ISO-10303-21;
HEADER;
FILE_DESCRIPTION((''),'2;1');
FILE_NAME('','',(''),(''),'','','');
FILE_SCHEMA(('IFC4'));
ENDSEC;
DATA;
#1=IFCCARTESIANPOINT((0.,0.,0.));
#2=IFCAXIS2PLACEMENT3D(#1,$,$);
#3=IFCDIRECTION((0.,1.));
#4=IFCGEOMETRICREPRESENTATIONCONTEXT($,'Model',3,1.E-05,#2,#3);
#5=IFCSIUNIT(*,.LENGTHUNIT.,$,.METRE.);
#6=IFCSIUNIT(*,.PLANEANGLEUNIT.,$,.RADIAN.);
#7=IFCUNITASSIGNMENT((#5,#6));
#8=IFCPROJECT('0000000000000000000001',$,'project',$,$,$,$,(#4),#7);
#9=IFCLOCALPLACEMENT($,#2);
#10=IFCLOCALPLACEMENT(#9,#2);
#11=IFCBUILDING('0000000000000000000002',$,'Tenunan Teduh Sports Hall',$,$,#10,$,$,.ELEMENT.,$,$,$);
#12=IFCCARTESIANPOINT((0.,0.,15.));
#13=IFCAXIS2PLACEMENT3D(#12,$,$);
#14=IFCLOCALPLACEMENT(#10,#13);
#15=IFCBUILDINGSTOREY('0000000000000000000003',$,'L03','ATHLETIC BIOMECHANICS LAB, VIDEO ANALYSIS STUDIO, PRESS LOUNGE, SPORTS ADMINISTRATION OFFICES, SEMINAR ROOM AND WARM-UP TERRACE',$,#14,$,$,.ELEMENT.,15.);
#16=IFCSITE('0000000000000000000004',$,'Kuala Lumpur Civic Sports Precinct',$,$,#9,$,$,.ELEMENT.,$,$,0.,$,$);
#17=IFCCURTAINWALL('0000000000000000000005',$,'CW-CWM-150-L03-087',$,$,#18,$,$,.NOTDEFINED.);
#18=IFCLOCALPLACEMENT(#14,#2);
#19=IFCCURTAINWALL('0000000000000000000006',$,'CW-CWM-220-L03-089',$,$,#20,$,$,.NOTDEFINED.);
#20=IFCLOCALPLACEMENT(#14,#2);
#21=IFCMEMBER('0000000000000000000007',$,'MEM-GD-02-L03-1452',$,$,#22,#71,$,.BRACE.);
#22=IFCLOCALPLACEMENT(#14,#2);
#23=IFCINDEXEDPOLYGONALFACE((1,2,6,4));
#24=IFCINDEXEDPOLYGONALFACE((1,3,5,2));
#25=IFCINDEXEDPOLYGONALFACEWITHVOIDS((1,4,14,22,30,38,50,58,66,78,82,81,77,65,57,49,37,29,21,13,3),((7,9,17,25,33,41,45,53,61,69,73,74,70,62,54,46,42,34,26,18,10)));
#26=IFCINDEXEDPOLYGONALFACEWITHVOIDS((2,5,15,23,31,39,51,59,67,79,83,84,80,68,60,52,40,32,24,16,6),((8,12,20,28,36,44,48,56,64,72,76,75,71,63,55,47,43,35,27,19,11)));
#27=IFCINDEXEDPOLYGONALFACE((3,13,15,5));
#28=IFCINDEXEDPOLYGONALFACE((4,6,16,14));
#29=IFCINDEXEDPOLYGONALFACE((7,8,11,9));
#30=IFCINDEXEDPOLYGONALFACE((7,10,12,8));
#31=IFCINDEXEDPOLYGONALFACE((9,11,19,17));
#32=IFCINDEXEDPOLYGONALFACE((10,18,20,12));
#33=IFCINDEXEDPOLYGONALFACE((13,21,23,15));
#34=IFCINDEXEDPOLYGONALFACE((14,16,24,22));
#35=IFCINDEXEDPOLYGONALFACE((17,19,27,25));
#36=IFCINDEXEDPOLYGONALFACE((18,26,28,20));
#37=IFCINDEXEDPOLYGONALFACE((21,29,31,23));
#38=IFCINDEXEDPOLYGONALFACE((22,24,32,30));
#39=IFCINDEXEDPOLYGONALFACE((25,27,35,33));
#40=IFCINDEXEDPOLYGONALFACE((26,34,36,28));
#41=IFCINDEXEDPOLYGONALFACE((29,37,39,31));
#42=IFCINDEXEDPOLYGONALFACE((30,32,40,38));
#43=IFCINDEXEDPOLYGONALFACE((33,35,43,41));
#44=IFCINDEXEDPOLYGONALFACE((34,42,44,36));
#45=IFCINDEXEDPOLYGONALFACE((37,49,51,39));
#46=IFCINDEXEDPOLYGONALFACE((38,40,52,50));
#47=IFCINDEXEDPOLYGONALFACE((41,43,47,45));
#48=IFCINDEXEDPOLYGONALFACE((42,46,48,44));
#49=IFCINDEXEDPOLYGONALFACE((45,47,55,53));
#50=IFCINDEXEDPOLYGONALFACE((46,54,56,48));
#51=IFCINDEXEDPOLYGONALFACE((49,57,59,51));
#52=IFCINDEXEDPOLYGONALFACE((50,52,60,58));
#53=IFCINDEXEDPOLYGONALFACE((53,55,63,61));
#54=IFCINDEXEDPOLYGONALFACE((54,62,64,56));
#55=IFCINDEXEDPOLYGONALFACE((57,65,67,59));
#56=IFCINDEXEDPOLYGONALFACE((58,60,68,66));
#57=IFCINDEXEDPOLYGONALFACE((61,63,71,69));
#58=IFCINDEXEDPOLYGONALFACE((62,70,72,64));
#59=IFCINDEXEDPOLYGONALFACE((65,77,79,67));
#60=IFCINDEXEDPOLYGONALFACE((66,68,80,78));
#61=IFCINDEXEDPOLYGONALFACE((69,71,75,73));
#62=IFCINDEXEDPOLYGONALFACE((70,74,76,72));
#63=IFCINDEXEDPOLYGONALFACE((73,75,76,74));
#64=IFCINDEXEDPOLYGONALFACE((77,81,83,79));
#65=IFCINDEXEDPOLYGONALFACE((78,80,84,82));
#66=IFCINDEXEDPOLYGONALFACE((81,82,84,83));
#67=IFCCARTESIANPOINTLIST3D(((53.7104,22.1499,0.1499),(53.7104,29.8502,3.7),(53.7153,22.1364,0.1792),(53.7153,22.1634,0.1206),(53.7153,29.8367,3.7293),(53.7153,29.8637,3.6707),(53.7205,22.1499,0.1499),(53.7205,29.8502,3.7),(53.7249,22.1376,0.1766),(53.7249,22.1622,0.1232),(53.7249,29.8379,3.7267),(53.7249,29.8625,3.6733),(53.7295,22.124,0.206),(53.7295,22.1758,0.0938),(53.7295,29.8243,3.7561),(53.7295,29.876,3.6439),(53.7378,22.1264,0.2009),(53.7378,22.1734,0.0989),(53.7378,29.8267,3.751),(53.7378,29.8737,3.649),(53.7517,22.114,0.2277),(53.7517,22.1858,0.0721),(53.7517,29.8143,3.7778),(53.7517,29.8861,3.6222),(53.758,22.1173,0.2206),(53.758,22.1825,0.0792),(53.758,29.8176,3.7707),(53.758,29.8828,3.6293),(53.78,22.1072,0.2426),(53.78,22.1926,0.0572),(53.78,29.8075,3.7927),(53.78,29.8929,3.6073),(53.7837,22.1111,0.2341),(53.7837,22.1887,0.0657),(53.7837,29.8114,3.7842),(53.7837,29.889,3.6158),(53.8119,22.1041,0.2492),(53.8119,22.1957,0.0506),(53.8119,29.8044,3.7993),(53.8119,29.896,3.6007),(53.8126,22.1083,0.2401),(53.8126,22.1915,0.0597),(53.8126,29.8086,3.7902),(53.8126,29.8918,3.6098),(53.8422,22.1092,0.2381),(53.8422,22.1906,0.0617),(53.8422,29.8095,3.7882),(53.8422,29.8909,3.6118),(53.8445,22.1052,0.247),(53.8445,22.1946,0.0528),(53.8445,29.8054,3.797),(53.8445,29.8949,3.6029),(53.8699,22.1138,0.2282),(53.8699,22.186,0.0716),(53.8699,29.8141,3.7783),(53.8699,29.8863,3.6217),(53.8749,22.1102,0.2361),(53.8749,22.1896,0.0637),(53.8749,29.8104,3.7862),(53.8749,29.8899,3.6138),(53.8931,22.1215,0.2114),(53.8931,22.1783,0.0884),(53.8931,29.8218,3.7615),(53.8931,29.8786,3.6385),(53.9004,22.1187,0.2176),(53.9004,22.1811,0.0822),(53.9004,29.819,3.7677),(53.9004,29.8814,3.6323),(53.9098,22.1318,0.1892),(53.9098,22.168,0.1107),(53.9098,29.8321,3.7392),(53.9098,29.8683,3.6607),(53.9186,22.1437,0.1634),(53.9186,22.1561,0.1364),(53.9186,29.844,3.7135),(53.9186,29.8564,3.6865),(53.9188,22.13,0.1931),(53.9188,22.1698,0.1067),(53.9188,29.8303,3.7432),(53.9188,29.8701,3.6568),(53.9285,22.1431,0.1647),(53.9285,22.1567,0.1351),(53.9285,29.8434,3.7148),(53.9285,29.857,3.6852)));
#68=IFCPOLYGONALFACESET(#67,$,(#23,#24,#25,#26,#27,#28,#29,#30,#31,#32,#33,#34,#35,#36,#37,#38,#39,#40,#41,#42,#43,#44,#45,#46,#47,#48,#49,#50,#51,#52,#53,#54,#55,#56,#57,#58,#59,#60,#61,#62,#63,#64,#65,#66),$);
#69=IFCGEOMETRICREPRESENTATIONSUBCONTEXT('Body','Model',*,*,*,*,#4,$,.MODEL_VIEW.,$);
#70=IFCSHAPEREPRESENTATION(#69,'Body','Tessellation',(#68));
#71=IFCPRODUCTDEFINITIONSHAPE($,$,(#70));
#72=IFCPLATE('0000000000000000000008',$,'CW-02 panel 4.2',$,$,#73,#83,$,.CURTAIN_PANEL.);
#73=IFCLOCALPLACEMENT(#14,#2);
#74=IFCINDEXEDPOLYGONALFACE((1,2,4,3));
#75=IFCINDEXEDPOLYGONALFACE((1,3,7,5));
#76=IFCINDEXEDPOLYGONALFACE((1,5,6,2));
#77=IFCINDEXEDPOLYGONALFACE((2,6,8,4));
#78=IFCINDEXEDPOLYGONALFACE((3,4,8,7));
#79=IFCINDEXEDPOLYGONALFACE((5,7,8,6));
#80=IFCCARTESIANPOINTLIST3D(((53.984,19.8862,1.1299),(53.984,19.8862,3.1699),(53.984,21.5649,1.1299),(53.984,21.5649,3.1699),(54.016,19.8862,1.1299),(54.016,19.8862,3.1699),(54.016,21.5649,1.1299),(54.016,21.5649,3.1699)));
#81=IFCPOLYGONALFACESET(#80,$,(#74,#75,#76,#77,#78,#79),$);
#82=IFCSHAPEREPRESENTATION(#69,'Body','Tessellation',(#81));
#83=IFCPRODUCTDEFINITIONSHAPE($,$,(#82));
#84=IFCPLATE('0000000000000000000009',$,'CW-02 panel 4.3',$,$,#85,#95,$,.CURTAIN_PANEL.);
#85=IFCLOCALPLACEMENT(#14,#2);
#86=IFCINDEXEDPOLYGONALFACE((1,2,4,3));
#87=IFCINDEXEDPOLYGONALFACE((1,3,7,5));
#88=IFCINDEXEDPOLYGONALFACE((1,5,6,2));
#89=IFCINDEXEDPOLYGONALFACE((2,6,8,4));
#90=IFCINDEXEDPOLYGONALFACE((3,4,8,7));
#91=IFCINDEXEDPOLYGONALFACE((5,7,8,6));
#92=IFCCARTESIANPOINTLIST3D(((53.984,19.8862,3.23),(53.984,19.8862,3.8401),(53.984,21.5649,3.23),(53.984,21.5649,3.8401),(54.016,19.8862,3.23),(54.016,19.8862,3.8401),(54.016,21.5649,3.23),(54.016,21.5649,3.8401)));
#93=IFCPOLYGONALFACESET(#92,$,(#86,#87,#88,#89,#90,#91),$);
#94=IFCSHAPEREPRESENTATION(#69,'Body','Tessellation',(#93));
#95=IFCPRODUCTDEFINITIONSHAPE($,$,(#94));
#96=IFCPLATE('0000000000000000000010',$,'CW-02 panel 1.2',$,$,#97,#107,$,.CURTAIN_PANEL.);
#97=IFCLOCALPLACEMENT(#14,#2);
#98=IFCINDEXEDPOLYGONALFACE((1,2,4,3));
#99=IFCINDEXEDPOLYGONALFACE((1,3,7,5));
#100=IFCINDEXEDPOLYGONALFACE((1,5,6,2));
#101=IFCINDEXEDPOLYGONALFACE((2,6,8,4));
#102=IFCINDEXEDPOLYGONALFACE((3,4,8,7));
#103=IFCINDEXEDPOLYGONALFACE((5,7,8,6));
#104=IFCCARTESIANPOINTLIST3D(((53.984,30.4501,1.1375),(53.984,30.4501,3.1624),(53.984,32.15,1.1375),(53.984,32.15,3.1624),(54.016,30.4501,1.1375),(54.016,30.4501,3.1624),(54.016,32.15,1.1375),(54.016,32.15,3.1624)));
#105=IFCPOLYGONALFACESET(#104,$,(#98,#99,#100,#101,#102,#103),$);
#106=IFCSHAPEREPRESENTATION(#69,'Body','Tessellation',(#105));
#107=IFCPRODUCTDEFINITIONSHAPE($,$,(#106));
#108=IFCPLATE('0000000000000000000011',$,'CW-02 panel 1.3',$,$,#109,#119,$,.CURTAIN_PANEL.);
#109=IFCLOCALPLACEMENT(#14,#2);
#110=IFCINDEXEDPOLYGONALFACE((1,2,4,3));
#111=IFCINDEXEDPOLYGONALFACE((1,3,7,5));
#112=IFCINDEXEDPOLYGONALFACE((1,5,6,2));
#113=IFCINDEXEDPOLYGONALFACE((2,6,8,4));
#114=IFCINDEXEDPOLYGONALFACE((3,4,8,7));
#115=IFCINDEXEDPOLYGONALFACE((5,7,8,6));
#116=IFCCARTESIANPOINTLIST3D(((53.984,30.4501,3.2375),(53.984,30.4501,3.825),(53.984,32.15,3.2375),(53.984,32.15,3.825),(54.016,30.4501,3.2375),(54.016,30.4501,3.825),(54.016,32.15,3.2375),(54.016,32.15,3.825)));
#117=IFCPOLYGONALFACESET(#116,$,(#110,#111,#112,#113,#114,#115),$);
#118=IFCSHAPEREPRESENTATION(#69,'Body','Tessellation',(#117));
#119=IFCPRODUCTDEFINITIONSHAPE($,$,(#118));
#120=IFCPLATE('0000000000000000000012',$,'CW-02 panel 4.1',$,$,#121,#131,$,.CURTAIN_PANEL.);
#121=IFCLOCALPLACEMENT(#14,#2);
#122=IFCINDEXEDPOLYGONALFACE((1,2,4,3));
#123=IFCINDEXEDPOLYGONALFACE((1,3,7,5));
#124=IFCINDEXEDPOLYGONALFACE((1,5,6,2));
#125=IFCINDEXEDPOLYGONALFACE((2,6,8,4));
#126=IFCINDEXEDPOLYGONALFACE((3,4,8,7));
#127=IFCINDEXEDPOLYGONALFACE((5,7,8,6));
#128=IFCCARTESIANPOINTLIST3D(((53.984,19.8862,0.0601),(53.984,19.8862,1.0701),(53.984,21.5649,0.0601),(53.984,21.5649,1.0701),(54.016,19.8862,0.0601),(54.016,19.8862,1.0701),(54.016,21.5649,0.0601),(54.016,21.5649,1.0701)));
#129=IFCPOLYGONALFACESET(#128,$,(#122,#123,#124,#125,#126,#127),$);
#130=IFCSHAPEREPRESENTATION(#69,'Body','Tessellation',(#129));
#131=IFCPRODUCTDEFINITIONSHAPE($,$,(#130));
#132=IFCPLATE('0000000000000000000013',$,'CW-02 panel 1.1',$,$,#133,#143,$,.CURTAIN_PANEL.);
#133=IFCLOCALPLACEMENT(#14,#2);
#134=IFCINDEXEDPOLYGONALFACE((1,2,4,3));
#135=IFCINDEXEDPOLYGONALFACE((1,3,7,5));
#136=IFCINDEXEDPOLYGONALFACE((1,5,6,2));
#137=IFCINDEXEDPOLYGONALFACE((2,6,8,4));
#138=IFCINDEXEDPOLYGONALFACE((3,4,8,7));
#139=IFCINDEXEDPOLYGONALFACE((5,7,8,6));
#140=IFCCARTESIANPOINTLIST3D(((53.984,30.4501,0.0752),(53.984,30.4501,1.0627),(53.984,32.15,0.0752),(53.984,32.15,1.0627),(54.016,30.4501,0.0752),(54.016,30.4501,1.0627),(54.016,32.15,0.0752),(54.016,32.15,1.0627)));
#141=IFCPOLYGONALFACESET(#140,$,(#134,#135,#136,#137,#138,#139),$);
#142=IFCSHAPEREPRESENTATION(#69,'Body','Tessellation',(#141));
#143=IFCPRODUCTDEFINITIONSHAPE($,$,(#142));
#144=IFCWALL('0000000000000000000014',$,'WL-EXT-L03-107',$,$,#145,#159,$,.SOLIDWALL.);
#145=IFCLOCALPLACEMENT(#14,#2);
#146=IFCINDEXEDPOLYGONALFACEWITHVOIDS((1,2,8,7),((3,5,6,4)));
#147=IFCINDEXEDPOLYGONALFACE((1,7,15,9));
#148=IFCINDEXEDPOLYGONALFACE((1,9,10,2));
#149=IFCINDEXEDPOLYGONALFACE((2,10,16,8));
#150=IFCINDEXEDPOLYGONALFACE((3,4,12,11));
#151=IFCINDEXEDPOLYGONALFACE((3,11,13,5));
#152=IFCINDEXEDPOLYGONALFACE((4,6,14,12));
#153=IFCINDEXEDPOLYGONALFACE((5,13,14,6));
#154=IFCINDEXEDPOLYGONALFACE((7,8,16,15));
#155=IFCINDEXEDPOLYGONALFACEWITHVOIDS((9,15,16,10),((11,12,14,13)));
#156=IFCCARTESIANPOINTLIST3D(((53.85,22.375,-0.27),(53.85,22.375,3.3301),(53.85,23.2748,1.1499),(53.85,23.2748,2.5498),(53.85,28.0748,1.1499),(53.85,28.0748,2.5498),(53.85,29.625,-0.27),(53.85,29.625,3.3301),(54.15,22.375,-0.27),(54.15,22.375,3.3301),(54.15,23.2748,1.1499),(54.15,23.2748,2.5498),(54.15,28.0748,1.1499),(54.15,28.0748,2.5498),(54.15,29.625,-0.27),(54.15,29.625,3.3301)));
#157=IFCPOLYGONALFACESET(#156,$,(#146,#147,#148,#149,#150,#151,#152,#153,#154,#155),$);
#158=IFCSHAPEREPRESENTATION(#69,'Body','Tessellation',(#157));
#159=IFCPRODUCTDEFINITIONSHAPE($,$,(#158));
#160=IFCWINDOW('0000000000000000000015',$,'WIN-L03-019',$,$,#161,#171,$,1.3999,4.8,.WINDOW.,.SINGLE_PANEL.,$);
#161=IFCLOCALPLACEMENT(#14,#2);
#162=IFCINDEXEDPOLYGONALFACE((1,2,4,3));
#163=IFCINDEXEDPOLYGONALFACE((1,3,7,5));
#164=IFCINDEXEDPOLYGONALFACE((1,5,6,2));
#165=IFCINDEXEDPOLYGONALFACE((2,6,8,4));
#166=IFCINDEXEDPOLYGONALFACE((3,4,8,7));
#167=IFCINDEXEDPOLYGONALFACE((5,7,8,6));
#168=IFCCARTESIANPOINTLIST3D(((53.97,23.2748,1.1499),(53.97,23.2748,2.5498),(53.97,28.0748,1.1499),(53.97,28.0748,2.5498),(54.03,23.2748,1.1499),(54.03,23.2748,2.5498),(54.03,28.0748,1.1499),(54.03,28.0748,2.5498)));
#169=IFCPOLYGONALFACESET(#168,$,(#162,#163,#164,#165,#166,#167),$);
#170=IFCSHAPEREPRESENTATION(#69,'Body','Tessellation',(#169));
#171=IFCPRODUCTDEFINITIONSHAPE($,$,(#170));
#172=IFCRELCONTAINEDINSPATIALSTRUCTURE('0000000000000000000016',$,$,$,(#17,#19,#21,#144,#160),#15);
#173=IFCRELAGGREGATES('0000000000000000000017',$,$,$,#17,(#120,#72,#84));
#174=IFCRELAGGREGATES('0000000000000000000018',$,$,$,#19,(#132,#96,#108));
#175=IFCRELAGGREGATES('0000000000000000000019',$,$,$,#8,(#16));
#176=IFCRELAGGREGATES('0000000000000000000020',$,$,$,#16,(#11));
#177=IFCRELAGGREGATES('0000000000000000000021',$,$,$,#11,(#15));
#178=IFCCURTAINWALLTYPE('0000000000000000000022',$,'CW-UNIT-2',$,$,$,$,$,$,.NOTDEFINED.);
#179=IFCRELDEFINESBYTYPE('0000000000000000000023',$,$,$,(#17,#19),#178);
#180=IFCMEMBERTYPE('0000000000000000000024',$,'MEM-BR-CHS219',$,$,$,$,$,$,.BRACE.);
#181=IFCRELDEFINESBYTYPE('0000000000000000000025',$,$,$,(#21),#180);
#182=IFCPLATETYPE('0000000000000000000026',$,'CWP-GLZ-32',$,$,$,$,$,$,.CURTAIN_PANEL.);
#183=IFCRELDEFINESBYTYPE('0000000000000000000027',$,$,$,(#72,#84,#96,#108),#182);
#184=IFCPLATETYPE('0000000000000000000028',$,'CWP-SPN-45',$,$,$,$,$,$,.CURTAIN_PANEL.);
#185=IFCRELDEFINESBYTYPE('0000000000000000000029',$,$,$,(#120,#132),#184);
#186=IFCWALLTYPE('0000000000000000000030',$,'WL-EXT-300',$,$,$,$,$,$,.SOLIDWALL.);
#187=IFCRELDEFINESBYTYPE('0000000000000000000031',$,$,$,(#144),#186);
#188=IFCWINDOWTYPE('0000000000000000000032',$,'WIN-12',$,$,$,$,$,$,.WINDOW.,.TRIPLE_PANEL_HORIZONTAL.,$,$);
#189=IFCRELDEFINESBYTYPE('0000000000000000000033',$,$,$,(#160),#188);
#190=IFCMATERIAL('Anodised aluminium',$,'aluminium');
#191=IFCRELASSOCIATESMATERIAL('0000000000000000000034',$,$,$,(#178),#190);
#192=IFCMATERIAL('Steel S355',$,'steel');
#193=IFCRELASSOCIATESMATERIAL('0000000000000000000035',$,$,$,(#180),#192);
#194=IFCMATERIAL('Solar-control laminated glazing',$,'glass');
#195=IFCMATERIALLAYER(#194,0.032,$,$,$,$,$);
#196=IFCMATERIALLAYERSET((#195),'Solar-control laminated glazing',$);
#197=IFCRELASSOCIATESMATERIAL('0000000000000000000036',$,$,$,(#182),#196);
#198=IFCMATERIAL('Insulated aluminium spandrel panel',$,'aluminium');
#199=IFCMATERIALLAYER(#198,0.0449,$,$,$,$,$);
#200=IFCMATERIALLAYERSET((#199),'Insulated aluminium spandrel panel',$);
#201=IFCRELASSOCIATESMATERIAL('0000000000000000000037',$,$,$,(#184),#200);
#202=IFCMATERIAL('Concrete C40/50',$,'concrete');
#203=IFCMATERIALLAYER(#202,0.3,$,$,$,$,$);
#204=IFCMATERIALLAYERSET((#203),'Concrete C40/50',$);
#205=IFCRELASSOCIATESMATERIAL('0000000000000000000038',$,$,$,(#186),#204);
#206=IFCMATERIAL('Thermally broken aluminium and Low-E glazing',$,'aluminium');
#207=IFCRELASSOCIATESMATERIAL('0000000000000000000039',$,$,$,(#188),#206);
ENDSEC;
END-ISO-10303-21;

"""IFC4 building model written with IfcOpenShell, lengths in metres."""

from ifc_helpers import new_model, si_unit, direction, frame, frame_2d, origin, origin_2d, place, context, subcontext, project, spatial, rectangle, hollow_circle, extrude, material, layer, layer_set, material_profile, profile_set, type_object, element, fill, aggregate, save


model = new_model("IFC4")

# Units and contexts
model_context = context("Model", 3, precision=1e-05, world=origin(), true_north=direction((0.0, 1.0)))
body_context = subcontext(model_context, "Body", "Model", "MODEL_VIEW")
ifc_project = project(units=[si_unit("LENGTHUNIT", "METRE"), si_unit("PLANEANGLEUNIT", "RADIAN")], contexts=[model_context])

# Site, building, storey
site_placement = place(None, origin())
site = spatial("IfcSite", under=ifc_project, at=site_placement, Name="Kuala Lumpur Civic Sports Precinct", CompositionType="ELEMENT", RefElevation=0.0)
building_placement = place(site_placement, origin())
building = spatial("IfcBuilding", under=site, at=building_placement, Name="Tenunan Teduh Sports Hall", CompositionType="ELEMENT")
storey_placement = place(building_placement, frame((0.0, 0.0, 15.0)))
storey = spatial("IfcBuildingStorey", under=building, at=storey_placement, Name="L03", Description="ATHLETIC BIOMECHANICS LAB, VIDEO ANALYSIS STUDIO, PRESS LOUNGE, SPORTS ADMINISTRATION OFFICES, SEMINAR ROOM AND WARM-UP TERRACE", CompositionType="ELEMENT", Elevation=15.0)

# Curtain wall
ifc_material_1 = material(Name="Anodised aluminium", Category="aluminium")
curtain_wall_type = type_object("IfcCurtainWallType", Name="CW-UNIT-2", PredefinedType="NOTDEFINED", material=ifc_material_1)
curtain_wall_1_placement = place(storey_placement, origin())
curtain_wall_1 = element("IfcCurtainWall", 1, at=curtain_wall_1_placement, inside=storey, type_object=curtain_wall_type, Name="CW-CWM-150-L03-087", PredefinedType="NOTDEFINED")

# Curtain wall
curtain_wall_2_placement = place(storey_placement, origin())
curtain_wall_2 = element("IfcCurtainWall", 2, at=curtain_wall_2_placement, inside=storey, type_object=curtain_wall_type, Name="CW-CWM-220-L03-089", PredefinedType="NOTDEFINED")

# Member
ifc_material_2 = material(Name="Steel S355", Category="steel")
ifc_material_profile_1 = material_profile(ifc_material_2, hollow_circle(Radius=0.1096, WallThickness=0.01, at=origin_2d()), Name="CHS 219.1x10.0")
ifc_profile_set_1 = profile_set([ifc_material_profile_1], Name="Steel S355")
member_type_1 = type_object("IfcMemberType", Name="MEM-BR-CHS219", PredefinedType="BRACE", material=ifc_profile_set_1)
member_1_placement = place(storey_placement, frame((53.8201, 22.1499, 0.1499), z_axis=(0.0, 0.908134, 0.41868), x_axis=(-1.0, 0.0, 0.0)))
element("IfcMember", 3, at=member_1_placement, inside=storey, type_object=member_type_1, Name="MEM-GD-02-L03-1452", PredefinedType="BRACE", context=body_context, shape_type="SweptSolid", body=[
    extrude(hollow_circle(Radius=0.1096, WallThickness=0.01, at=origin_2d()), origin(), (0.0, 0.0, 1.0), 8.4792),
])

# Plates
ifc_material_3 = material(Name="Solar-control laminated glazing", Category="glass")
ifc_layer_1 = layer(ifc_material_3, 0.032)
ifc_layer_set_1 = layer_set([ifc_layer_1], Name="Solar-control laminated glazing")
plate_type_1 = type_object("IfcPlateType", Name="CWP-GLZ-32", PredefinedType="CURTAIN_PANEL", material=ifc_layer_set_1)
plate_1_placement = place(storey_placement, frame((54.0, 20.7256, 1.1299), z_axis=(0.0, 0.0, 1.0), x_axis=(0.0, 1.0, 0.0)))
plate_1 = element("IfcPlate", 4, at=plate_1_placement, type_object=plate_type_1, Name="CW-02 panel 4.2", PredefinedType="CURTAIN_PANEL", context=body_context, shape_type="SweptSolid", body=[
    extrude(rectangle(XDim=1.6787, YDim=0.032, at=origin_2d()), origin(), (0.0, 0.0, 1.0), 2.04),
])
plate_2_placement = place(storey_placement, frame((54.0, 20.7256, 3.23), z_axis=(0.0, 0.0, 1.0), x_axis=(0.0, 1.0, 0.0)))
plate_2 = element("IfcPlate", 5, at=plate_2_placement, type_object=plate_type_1, Name="CW-02 panel 4.3", PredefinedType="CURTAIN_PANEL", context=body_context, shape_type="SweptSolid", body=[
    extrude(rectangle(XDim=1.6787, YDim=0.032, at=origin_2d()), origin(), (0.0, 0.0, 1.0), 0.6101),
])
plate_3_placement = place(storey_placement, frame((54.0, 31.3, 1.1375), z_axis=(0.0, 0.0, 1.0), x_axis=(0.0, 1.0, 0.0)))
plate_3 = element("IfcPlate", 6, at=plate_3_placement, type_object=plate_type_1, Name="CW-02 panel 1.2", PredefinedType="CURTAIN_PANEL", context=body_context, shape_type="SweptSolid", body=[
    extrude(rectangle(XDim=1.7, YDim=0.032, at=origin_2d()), origin(), (0.0, 0.0, 1.0), 2.0249),
])
plate_4_placement = place(storey_placement, frame((54.0, 31.3, 3.2375), z_axis=(0.0, 0.0, 1.0), x_axis=(0.0, 1.0, 0.0)))
plate_4 = element("IfcPlate", 7, at=plate_4_placement, type_object=plate_type_1, Name="CW-02 panel 1.3", PredefinedType="CURTAIN_PANEL", context=body_context, shape_type="SweptSolid", body=[
    extrude(rectangle(XDim=1.7, YDim=0.032, at=origin_2d()), origin(), (0.0, 0.0, 1.0), 0.5874),
])
ifc_material_4 = material(Name="Insulated aluminium spandrel panel", Category="aluminium")
ifc_layer_2 = layer(ifc_material_4, 0.0449)
ifc_layer_set_2 = layer_set([ifc_layer_2], Name="Insulated aluminium spandrel panel")
plate_type_2 = type_object("IfcPlateType", Name="CWP-SPN-45", PredefinedType="CURTAIN_PANEL", material=ifc_layer_set_2)
plate_5_placement = place(storey_placement, frame((54.0, 20.7256, 0.0601), z_axis=(0.0, 0.0, 1.0), x_axis=(0.0, 1.0, 0.0)))
plate_5 = element("IfcPlate", 8, at=plate_5_placement, type_object=plate_type_2, Name="CW-02 panel 4.1", PredefinedType="CURTAIN_PANEL", context=body_context, shape_type="SweptSolid", body=[
    extrude(rectangle(XDim=1.6787, YDim=0.032, at=origin_2d()), origin(), (0.0, 0.0, 1.0), 1.01),
])
aggregate(curtain_wall_1, [plate_5, plate_1, plate_2])
plate_6_placement = place(storey_placement, frame((54.0, 31.3, 0.0752), z_axis=(0.0, 0.0, 1.0), x_axis=(0.0, 1.0, 0.0)))
plate_6 = element("IfcPlate", 9, at=plate_6_placement, type_object=plate_type_2, Name="CW-02 panel 1.1", PredefinedType="CURTAIN_PANEL", context=body_context, shape_type="SweptSolid", body=[
    extrude(rectangle(XDim=1.7, YDim=0.032, at=origin_2d()), origin(), (0.0, 0.0, 1.0), 0.9875),
])
aggregate(curtain_wall_2, [plate_6, plate_3, plate_4])

# Wall, opening, window
ifc_material_5 = material(Name="Concrete C40/50", Category="concrete")
ifc_layer_3 = layer(ifc_material_5, 0.3)
ifc_layer_set_3 = layer_set([ifc_layer_3], Name="Concrete C40/50")
wall_type = type_object("IfcWallType", Name="WL-EXT-300", PredefinedType="SOLIDWALL", material=ifc_layer_set_3)
wall_placement = place(storey_placement, frame((54.0, 22.375, -0.27), z_axis=(0.0, 0.0, 1.0), x_axis=(0.0, 1.0, 0.0)))
wall = element("IfcWall", 10, at=wall_placement, inside=storey, type_object=wall_type, Name="WL-EXT-L03-107", PredefinedType="SOLIDWALL", context=body_context, shape_type="SweptSolid", body=[
    extrude(rectangle(XDim=7.25, YDim=0.3, at=frame_2d((3.625, 0.0))), origin(), (0.0, 0.0, 1.0), 3.6001),
])
opening_placement = place(wall_placement, frame((0.8999, 0.0, 1.4199)))
opening = element("IfcOpeningElement", 11, at=opening_placement, cuts=wall, PredefinedType="OPENING", context=body_context, shape_type="SweptSolid", body=[
    extrude(rectangle(XDim=4.8, YDim=1.3999, at=frame_2d((2.3999, 0.7))), frame((0.0, 0.1599, 0.0), z_axis=(0.0, -1.0, 0.0), x_axis=(1.0, 0.0, 0.0)), (0.0, 0.0, 1.0), 0.3201),
])
ifc_material_6 = material(Name="Thermally broken aluminium and Low-E glazing", Category="aluminium")
window_type = type_object("IfcWindowType", Name="WIN-12", PartitioningType="TRIPLE_PANEL_HORIZONTAL", PredefinedType="WINDOW", material=ifc_material_6)
window_placement = place(opening_placement, origin())
window = element("IfcWindow", 12, at=window_placement, inside=storey, type_object=window_type, Name="WIN-L03-019", OverallHeight=1.3999, OverallWidth=4.8, PartitioningType="SINGLE_PANEL", PredefinedType="WINDOW", context=body_context, shape_type="SweptSolid", body=[
    extrude(rectangle(XDim=4.8, YDim=1.3999, at=frame_2d((2.3999, 0.7))), frame((0.0, 0.03, 0.0), z_axis=(0.0, -1.0, 0.0), x_axis=(1.0, 0.0, 0.0)), (0.0, 0.0, 1.0), 0.0601),
])
fill(opening, window)

save(model, "model.ifc")
